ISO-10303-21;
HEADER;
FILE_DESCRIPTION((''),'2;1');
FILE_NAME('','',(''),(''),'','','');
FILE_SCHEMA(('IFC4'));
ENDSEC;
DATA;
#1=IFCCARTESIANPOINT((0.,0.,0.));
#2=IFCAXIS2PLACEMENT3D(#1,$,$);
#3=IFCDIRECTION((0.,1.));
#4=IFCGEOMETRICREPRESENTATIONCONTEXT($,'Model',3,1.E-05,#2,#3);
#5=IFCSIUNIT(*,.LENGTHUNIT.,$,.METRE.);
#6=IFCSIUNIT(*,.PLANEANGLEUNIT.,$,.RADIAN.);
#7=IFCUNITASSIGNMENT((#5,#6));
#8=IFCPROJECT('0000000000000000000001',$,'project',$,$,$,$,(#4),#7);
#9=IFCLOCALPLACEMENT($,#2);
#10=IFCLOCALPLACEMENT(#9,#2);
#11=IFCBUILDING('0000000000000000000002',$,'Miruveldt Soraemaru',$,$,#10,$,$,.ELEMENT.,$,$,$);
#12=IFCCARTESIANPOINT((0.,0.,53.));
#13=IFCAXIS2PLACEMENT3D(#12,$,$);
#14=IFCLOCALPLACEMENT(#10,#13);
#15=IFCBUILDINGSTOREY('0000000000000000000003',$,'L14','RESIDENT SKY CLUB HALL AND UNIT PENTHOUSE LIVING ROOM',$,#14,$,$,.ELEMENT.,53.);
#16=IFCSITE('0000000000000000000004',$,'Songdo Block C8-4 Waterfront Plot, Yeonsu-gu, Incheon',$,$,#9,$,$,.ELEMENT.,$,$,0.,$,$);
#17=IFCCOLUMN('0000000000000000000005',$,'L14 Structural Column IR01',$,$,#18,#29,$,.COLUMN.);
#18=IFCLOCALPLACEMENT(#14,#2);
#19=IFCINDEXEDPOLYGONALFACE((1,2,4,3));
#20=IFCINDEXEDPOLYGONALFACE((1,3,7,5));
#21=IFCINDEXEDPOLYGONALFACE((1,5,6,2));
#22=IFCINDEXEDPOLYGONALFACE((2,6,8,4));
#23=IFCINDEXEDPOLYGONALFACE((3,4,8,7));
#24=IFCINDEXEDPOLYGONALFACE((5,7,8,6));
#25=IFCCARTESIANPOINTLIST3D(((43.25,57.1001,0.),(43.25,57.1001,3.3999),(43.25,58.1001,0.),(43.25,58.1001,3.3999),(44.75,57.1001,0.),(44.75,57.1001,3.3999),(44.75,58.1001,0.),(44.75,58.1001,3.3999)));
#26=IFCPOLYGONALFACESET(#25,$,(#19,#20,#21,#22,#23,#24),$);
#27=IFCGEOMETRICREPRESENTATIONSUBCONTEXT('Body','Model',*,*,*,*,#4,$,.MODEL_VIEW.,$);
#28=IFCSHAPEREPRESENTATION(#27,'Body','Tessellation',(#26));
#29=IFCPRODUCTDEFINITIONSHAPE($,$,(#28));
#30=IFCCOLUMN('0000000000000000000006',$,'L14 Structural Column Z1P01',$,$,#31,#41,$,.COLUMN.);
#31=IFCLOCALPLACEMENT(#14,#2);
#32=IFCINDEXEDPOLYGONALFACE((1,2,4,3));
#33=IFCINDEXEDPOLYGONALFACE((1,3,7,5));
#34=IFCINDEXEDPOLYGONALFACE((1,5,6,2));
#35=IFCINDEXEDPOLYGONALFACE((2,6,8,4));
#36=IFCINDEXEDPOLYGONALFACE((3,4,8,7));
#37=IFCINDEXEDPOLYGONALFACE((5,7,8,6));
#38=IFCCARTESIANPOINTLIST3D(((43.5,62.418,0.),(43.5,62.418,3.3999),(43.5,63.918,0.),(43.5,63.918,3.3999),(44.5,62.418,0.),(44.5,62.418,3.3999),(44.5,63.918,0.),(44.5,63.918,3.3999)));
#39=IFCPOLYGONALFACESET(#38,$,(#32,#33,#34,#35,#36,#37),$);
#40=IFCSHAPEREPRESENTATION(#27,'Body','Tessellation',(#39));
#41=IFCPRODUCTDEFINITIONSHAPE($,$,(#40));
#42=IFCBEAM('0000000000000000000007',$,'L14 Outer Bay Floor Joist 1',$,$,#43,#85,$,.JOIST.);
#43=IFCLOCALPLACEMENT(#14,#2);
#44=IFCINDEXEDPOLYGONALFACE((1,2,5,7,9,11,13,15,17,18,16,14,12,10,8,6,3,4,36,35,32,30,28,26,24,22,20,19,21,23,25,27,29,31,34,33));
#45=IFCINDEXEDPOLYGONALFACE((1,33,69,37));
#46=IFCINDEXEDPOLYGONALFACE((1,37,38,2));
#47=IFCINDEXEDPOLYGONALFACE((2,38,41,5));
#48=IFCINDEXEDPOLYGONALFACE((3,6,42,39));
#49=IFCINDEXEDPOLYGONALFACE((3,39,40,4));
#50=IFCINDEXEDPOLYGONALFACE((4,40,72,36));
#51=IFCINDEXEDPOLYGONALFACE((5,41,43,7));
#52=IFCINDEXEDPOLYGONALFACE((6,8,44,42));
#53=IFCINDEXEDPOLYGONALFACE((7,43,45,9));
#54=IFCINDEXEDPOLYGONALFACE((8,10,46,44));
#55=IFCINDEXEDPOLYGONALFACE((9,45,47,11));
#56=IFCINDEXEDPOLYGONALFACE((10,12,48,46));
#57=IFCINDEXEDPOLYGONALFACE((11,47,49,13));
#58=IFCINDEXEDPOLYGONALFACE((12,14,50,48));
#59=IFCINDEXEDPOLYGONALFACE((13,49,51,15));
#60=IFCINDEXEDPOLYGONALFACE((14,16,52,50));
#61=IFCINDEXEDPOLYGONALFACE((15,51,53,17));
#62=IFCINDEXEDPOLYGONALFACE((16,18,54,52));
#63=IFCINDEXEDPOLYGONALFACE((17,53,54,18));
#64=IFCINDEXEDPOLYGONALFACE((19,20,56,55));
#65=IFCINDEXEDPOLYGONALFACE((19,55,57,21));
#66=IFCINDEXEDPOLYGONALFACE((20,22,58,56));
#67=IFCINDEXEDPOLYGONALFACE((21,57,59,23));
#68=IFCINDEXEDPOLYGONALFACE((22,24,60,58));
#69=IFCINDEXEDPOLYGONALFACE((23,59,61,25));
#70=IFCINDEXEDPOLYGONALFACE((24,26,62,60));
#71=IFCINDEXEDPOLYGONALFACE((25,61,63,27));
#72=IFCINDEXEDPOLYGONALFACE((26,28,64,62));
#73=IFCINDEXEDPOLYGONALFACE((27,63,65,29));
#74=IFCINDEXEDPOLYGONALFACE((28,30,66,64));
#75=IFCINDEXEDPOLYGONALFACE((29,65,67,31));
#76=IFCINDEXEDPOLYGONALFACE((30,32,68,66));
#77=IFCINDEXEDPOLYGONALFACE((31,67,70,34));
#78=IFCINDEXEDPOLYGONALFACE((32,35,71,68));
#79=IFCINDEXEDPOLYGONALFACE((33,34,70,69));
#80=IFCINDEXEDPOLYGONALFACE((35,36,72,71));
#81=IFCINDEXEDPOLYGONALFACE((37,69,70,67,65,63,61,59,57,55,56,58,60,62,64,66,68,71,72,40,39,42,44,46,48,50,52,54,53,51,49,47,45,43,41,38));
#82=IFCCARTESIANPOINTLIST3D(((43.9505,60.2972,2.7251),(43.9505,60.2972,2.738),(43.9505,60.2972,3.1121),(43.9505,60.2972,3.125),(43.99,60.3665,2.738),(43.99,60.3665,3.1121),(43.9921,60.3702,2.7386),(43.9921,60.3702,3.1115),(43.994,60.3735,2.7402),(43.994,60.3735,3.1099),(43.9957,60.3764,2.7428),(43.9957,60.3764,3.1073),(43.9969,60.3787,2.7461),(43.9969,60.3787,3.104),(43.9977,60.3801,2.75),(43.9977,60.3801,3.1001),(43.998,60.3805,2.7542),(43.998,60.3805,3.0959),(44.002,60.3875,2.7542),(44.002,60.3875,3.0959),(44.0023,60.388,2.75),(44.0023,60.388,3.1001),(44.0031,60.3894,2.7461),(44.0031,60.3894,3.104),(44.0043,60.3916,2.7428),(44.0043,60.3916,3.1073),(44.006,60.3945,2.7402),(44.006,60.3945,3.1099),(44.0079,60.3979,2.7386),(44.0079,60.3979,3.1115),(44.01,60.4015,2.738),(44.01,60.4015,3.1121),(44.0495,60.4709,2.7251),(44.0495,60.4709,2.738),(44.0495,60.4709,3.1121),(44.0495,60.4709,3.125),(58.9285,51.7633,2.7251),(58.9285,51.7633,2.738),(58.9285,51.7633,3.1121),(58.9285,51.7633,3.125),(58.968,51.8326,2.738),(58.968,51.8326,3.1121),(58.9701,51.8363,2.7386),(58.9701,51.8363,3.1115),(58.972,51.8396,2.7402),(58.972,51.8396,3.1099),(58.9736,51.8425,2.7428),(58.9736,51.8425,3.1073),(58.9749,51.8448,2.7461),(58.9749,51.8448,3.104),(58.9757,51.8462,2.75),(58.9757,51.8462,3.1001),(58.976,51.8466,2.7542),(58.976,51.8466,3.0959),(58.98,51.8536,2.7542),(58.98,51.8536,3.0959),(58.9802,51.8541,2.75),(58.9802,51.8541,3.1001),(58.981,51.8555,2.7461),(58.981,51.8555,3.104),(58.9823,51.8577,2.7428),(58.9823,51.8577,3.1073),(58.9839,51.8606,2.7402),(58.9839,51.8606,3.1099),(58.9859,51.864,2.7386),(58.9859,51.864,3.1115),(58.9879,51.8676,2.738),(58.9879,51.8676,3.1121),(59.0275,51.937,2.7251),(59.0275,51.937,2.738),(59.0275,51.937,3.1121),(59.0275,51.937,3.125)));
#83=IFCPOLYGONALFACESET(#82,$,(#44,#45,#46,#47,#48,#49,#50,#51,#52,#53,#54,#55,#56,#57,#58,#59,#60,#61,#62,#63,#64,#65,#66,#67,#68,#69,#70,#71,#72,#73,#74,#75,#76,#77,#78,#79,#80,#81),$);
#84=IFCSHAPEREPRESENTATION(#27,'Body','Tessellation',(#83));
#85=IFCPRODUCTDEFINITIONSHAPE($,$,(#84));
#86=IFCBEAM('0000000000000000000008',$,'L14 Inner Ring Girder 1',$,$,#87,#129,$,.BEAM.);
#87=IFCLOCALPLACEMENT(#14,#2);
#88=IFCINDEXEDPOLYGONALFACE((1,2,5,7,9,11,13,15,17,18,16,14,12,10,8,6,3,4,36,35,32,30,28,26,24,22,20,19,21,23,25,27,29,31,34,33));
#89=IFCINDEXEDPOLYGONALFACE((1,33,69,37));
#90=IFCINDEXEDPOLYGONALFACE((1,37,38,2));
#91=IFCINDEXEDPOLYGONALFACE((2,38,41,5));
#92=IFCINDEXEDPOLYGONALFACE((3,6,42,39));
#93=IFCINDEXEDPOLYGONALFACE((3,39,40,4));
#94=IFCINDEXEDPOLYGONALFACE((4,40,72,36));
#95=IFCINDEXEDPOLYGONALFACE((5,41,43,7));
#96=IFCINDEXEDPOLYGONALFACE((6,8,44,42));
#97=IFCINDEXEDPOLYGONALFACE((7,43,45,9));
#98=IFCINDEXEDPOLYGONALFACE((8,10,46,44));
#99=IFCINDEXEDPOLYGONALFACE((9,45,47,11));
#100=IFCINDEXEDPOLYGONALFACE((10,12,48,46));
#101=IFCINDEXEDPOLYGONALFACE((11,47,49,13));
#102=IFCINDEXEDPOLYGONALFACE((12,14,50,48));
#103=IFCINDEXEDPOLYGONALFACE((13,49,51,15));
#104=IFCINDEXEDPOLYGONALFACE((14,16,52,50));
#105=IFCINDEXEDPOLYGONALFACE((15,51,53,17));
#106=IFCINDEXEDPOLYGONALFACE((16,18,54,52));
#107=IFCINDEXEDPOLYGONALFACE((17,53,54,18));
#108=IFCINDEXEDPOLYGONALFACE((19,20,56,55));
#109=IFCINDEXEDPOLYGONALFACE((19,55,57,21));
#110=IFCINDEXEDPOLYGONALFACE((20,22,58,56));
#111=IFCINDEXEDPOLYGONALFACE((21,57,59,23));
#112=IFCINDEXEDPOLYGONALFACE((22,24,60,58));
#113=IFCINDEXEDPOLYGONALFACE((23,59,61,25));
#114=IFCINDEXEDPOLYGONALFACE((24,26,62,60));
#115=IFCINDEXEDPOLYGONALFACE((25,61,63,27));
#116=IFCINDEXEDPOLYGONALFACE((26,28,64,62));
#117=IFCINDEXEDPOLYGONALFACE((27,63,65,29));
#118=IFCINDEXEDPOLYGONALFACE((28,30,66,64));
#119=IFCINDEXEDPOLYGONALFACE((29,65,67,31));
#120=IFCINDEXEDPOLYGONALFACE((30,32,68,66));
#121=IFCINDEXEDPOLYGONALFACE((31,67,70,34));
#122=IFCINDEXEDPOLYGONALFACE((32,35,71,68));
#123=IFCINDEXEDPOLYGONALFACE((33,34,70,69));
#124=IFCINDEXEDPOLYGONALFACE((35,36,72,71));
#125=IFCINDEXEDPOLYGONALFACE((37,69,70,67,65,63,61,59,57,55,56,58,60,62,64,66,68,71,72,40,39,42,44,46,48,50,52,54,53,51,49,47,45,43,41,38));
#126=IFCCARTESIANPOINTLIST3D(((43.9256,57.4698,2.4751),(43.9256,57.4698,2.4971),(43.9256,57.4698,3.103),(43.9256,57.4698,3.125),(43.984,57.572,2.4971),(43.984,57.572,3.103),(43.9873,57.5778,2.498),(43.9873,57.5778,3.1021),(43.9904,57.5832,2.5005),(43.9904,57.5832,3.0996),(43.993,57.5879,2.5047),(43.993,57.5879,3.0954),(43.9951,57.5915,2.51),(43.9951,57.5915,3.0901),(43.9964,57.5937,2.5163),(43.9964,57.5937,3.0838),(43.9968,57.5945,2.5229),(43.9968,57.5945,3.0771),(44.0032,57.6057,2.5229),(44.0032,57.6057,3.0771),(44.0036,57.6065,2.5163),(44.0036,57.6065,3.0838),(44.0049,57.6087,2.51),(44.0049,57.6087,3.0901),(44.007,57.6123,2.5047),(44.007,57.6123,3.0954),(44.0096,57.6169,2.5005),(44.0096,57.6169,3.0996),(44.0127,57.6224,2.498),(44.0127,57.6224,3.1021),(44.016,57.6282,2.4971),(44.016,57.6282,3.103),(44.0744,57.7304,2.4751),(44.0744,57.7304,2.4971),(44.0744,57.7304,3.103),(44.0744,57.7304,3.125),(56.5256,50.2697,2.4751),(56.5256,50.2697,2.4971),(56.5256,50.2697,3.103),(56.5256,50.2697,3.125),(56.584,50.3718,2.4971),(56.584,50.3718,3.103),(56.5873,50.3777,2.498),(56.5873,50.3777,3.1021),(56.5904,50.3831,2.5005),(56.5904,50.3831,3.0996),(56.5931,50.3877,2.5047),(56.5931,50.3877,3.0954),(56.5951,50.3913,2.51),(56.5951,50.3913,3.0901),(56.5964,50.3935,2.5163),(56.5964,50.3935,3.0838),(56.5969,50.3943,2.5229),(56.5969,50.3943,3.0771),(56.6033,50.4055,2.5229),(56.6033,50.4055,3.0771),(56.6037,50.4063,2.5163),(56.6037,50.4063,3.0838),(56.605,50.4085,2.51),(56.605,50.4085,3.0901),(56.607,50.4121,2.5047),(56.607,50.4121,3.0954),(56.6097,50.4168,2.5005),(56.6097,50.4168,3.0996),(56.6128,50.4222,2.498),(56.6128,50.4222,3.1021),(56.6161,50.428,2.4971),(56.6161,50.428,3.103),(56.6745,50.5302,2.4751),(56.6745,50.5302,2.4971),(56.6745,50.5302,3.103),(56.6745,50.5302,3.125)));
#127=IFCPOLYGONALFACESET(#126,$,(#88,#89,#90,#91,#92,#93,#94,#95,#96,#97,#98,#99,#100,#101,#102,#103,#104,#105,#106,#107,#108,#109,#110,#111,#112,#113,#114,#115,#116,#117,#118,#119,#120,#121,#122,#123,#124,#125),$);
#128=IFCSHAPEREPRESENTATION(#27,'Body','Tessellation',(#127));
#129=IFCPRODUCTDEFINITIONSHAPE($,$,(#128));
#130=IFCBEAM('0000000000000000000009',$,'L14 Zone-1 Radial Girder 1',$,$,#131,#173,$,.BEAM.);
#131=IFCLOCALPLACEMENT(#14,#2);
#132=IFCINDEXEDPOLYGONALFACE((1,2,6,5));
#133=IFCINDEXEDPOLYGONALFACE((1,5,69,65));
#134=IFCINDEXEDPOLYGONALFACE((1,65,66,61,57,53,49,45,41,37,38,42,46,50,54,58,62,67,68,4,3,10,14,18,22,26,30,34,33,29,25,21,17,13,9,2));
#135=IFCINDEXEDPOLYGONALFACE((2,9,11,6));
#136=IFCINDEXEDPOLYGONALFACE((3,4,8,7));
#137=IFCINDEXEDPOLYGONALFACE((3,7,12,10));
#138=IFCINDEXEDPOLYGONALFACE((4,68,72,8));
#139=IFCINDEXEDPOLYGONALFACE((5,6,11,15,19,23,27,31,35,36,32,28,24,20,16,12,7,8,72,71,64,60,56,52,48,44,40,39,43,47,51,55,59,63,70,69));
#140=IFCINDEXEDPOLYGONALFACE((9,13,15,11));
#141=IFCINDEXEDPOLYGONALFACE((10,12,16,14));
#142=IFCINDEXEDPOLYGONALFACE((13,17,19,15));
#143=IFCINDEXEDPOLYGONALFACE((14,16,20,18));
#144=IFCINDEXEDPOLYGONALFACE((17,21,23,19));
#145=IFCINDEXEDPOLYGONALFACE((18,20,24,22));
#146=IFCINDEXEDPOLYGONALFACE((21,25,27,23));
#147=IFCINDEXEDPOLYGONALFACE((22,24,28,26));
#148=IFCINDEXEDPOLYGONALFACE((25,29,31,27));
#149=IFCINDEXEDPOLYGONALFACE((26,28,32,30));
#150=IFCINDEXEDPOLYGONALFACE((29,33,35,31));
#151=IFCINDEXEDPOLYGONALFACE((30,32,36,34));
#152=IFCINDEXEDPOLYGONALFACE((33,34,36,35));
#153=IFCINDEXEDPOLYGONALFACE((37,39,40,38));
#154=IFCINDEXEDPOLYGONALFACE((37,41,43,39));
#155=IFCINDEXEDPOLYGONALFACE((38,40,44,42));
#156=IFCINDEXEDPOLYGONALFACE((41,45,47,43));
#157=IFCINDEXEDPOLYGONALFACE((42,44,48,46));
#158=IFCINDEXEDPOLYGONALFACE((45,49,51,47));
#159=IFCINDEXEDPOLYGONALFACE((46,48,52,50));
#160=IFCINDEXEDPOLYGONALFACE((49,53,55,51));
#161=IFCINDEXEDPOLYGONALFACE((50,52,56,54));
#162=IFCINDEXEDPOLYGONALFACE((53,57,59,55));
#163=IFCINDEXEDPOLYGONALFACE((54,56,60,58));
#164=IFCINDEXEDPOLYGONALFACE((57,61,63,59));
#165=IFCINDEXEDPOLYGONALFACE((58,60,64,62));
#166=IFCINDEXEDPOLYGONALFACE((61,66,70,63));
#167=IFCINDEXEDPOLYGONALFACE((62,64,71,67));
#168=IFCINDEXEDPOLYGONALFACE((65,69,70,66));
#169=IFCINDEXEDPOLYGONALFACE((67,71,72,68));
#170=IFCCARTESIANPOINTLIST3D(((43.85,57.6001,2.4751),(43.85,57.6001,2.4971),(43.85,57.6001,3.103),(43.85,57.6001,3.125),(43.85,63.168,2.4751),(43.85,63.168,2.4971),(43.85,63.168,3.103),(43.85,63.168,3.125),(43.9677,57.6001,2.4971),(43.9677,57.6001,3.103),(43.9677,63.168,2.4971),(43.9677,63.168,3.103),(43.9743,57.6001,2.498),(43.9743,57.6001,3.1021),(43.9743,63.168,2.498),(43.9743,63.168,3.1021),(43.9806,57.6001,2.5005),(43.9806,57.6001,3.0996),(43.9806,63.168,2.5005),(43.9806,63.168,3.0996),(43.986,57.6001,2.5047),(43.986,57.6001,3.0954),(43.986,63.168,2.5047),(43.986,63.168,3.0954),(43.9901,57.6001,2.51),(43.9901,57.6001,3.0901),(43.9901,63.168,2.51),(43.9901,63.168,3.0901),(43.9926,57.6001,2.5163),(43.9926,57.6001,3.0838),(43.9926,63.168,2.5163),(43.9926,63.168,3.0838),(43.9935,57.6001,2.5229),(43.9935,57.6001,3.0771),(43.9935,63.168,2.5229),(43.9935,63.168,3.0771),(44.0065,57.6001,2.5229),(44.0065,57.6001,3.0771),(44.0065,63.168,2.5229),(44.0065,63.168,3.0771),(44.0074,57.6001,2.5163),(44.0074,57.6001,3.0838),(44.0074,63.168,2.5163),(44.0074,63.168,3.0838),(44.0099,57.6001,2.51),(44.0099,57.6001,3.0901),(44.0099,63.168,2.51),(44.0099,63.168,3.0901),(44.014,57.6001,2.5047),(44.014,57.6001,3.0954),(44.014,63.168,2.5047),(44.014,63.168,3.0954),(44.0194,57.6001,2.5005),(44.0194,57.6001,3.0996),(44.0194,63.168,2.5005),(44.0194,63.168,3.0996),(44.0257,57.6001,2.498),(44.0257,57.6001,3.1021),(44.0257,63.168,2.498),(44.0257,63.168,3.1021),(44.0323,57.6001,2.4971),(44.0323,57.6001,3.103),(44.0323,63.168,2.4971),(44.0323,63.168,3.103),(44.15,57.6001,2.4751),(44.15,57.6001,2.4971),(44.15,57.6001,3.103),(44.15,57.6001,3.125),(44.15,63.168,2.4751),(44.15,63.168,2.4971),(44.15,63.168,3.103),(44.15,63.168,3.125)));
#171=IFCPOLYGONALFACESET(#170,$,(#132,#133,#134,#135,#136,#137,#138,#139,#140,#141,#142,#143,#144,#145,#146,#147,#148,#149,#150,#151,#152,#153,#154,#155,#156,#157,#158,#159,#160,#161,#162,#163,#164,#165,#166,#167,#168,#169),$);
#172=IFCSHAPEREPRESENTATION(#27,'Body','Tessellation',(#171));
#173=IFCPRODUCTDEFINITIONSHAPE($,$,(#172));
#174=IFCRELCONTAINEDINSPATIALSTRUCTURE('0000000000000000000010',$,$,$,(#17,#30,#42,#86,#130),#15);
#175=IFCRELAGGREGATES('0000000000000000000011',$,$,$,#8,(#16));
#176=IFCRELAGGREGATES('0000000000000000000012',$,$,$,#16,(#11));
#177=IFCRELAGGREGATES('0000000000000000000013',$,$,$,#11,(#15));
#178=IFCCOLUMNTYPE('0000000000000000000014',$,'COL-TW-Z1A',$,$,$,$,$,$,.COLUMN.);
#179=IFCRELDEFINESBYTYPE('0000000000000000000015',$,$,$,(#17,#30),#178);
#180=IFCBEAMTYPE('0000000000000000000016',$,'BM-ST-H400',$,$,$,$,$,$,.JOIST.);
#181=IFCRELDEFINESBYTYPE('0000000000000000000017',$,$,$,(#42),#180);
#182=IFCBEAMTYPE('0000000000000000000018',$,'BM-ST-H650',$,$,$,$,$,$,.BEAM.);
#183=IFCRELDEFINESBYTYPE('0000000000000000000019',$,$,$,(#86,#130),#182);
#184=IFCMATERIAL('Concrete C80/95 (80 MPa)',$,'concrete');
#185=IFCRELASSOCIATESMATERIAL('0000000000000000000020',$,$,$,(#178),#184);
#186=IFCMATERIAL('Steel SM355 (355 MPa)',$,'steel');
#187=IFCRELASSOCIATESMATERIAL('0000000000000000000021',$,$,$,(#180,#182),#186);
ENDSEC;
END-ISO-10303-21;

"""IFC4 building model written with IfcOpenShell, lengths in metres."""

from ifc_helpers import new_model, si_unit, direction, frame, origin, origin_2d, place, context, subcontext, project, spatial, rectangle, i_section, extrude, material, material_profile, profile_set, type_object, element, save


model = new_model("IFC4")

# Units and contexts
model_context = context("Model", 3, precision=1e-05, world=origin(), true_north=direction((0.0, 1.0)))
body_context = subcontext(model_context, "Body", "Model", "MODEL_VIEW")
ifc_project = project(units=[si_unit("LENGTHUNIT", "METRE"), si_unit("PLANEANGLEUNIT", "RADIAN")], contexts=[model_context])

# Site, building, storey
site_placement = place(None, origin())
site = spatial("IfcSite", under=ifc_project, at=site_placement, Name="Songdo Block C8-4 Waterfront Plot, Yeonsu-gu, Incheon", CompositionType="ELEMENT", RefElevation=0.0)
building_placement = place(site_placement, origin())
building = spatial("IfcBuilding", under=site, at=building_placement, Name="Miruveldt Soraemaru", CompositionType="ELEMENT")
storey_placement = place(building_placement, frame((0.0, 0.0, 53.0)))
storey = spatial("IfcBuildingStorey", under=building, at=storey_placement, Name="L14", Description="RESIDENT SKY CLUB HALL AND UNIT PENTHOUSE LIVING ROOM", CompositionType="ELEMENT", Elevation=53.0)

# Columns
ifc_material_1 = material(Name="Concrete C80/95 (80 MPa)", Category="concrete")
ifc_material_profile_1 = material_profile(ifc_material_1, rectangle(XDim=1.5, YDim=1.0, at=origin_2d()), Name="Concrete C80/95 (80 MPa)", Category="concrete")
ifc_profile_set_1 = profile_set([ifc_material_profile_1], Name="Concrete C80/95 (80 MPa)")
column_type = type_object("IfcColumnType", Name="COL-TW-Z1A", PredefinedType="COLUMN", material=ifc_profile_set_1)
for number, where, z_axis, x_axis, name in (
    (1, (44.0, 57.6001, 0.0), (0.0, 0.0, 1.0), (1.0, 0.0, 0.0), "L14 Structural Column IR01"),
    (2, (44.0, 63.168, 0.0), (0.0, 0.0, 1.0), (0.0, 1.0, 0.0), "L14 Structural Column Z1P01"),
):
    element("IfcColumn", number, at=place(storey_placement, frame(where, z_axis=z_axis, x_axis=x_axis)), inside=storey, type_object=column_type, Name=name, PredefinedType="COLUMN", context=body_context, shape_type="SweptSolid", body=[
        extrude(rectangle(XDim=1.5, YDim=1.0, at=origin_2d()), origin(), (0.0, 0.0, 1.0), 3.3999),
    ])

# Beams
ifc_material_2 = material(Name="Steel SM355 (355 MPa)", Category="steel")
ifc_material_profile_2 = material_profile(ifc_material_2, i_section(OverallWidth=0.2, OverallDepth=0.3999, WebThickness=0.0081, FlangeThickness=0.0129, FilletRadius=0.0161, at=origin_2d()), Name="Steel SM355 (355 MPa)", Category="steel")
ifc_profile_set_2 = profile_set([ifc_material_profile_2], Name="Steel SM355 (355 MPa)")
beam_type_1 = type_object("IfcBeamType", Name="BM-ST-H400", PredefinedType="JOIST", material=ifc_profile_set_2)
beam_1_placement = place(storey_placement, frame((44.0, 60.384, 2.925), z_axis=(0.868866, -0.495048, 0.0), x_axis=(0.495048, 0.868866, 0.0)))
element("IfcBeam", 3, at=beam_1_placement, inside=storey, type_object=beam_type_1, Name="L14 Outer Bay Floor Joist 1", PredefinedType="JOIST", context=body_context, shape_type="SweptSolid", body=[
    extrude(i_section(OverallWidth=0.2, OverallDepth=0.3999, WebThickness=0.0081, FlangeThickness=0.0129, FilletRadius=0.0161, at=origin_2d()), origin(), (0.0, 0.0, 1.0), 17.2385),
])
ifc_material_profile_3 = material_profile(ifc_material_2, i_section(OverallWidth=0.3, OverallDepth=0.6499, WebThickness=0.0129, FlangeThickness=0.022, FilletRadius=0.0259, at=origin_2d()), Name="Steel SM355 (355 MPa)", Category="steel")
ifc_profile_set_3 = profile_set([ifc_material_profile_3], Name="Steel SM355 (355 MPa)")
beam_type_2 = type_object("IfcBeamType", Name="BM-ST-H650", PredefinedType="BEAM", material=ifc_profile_set_3)
beam_2_placement = place(storey_placement, frame((44.0, 57.6001, 2.8), z_axis=(0.868239, -0.496146, 0.0), x_axis=(0.496146, 0.868239, 0.0)))
element("IfcBeam", 4, at=beam_2_placement, inside=storey, type_object=beam_type_2, Name="L14 Inner Ring Girder 1", PredefinedType="BEAM", context=body_context, shape_type="SweptSolid", body=[
    extrude(i_section(OverallWidth=0.3, OverallDepth=0.6499, WebThickness=0.0129, FlangeThickness=0.022, FilletRadius=0.0259, at=origin_2d()), origin(), (0.0, 0.0, 1.0), 14.5122),
])
beam_3_placement = place(storey_placement, frame((44.0, 57.6001, 2.8), z_axis=(0.0, 1.0, 0.0), x_axis=(-1.0, 0.0, 0.0)))
element("IfcBeam", 5, at=beam_3_placement, inside=storey, type_object=beam_type_2, Name="L14 Zone-1 Radial Girder 1", PredefinedType="BEAM", context=body_context, shape_type="SweptSolid", body=[
    extrude(i_section(OverallWidth=0.3, OverallDepth=0.6499, WebThickness=0.0129, FlangeThickness=0.022, FilletRadius=0.0259, at=origin_2d()), origin(), (0.0, 0.0, 1.0), 5.5679),
])

save(model, "model.ifc")
